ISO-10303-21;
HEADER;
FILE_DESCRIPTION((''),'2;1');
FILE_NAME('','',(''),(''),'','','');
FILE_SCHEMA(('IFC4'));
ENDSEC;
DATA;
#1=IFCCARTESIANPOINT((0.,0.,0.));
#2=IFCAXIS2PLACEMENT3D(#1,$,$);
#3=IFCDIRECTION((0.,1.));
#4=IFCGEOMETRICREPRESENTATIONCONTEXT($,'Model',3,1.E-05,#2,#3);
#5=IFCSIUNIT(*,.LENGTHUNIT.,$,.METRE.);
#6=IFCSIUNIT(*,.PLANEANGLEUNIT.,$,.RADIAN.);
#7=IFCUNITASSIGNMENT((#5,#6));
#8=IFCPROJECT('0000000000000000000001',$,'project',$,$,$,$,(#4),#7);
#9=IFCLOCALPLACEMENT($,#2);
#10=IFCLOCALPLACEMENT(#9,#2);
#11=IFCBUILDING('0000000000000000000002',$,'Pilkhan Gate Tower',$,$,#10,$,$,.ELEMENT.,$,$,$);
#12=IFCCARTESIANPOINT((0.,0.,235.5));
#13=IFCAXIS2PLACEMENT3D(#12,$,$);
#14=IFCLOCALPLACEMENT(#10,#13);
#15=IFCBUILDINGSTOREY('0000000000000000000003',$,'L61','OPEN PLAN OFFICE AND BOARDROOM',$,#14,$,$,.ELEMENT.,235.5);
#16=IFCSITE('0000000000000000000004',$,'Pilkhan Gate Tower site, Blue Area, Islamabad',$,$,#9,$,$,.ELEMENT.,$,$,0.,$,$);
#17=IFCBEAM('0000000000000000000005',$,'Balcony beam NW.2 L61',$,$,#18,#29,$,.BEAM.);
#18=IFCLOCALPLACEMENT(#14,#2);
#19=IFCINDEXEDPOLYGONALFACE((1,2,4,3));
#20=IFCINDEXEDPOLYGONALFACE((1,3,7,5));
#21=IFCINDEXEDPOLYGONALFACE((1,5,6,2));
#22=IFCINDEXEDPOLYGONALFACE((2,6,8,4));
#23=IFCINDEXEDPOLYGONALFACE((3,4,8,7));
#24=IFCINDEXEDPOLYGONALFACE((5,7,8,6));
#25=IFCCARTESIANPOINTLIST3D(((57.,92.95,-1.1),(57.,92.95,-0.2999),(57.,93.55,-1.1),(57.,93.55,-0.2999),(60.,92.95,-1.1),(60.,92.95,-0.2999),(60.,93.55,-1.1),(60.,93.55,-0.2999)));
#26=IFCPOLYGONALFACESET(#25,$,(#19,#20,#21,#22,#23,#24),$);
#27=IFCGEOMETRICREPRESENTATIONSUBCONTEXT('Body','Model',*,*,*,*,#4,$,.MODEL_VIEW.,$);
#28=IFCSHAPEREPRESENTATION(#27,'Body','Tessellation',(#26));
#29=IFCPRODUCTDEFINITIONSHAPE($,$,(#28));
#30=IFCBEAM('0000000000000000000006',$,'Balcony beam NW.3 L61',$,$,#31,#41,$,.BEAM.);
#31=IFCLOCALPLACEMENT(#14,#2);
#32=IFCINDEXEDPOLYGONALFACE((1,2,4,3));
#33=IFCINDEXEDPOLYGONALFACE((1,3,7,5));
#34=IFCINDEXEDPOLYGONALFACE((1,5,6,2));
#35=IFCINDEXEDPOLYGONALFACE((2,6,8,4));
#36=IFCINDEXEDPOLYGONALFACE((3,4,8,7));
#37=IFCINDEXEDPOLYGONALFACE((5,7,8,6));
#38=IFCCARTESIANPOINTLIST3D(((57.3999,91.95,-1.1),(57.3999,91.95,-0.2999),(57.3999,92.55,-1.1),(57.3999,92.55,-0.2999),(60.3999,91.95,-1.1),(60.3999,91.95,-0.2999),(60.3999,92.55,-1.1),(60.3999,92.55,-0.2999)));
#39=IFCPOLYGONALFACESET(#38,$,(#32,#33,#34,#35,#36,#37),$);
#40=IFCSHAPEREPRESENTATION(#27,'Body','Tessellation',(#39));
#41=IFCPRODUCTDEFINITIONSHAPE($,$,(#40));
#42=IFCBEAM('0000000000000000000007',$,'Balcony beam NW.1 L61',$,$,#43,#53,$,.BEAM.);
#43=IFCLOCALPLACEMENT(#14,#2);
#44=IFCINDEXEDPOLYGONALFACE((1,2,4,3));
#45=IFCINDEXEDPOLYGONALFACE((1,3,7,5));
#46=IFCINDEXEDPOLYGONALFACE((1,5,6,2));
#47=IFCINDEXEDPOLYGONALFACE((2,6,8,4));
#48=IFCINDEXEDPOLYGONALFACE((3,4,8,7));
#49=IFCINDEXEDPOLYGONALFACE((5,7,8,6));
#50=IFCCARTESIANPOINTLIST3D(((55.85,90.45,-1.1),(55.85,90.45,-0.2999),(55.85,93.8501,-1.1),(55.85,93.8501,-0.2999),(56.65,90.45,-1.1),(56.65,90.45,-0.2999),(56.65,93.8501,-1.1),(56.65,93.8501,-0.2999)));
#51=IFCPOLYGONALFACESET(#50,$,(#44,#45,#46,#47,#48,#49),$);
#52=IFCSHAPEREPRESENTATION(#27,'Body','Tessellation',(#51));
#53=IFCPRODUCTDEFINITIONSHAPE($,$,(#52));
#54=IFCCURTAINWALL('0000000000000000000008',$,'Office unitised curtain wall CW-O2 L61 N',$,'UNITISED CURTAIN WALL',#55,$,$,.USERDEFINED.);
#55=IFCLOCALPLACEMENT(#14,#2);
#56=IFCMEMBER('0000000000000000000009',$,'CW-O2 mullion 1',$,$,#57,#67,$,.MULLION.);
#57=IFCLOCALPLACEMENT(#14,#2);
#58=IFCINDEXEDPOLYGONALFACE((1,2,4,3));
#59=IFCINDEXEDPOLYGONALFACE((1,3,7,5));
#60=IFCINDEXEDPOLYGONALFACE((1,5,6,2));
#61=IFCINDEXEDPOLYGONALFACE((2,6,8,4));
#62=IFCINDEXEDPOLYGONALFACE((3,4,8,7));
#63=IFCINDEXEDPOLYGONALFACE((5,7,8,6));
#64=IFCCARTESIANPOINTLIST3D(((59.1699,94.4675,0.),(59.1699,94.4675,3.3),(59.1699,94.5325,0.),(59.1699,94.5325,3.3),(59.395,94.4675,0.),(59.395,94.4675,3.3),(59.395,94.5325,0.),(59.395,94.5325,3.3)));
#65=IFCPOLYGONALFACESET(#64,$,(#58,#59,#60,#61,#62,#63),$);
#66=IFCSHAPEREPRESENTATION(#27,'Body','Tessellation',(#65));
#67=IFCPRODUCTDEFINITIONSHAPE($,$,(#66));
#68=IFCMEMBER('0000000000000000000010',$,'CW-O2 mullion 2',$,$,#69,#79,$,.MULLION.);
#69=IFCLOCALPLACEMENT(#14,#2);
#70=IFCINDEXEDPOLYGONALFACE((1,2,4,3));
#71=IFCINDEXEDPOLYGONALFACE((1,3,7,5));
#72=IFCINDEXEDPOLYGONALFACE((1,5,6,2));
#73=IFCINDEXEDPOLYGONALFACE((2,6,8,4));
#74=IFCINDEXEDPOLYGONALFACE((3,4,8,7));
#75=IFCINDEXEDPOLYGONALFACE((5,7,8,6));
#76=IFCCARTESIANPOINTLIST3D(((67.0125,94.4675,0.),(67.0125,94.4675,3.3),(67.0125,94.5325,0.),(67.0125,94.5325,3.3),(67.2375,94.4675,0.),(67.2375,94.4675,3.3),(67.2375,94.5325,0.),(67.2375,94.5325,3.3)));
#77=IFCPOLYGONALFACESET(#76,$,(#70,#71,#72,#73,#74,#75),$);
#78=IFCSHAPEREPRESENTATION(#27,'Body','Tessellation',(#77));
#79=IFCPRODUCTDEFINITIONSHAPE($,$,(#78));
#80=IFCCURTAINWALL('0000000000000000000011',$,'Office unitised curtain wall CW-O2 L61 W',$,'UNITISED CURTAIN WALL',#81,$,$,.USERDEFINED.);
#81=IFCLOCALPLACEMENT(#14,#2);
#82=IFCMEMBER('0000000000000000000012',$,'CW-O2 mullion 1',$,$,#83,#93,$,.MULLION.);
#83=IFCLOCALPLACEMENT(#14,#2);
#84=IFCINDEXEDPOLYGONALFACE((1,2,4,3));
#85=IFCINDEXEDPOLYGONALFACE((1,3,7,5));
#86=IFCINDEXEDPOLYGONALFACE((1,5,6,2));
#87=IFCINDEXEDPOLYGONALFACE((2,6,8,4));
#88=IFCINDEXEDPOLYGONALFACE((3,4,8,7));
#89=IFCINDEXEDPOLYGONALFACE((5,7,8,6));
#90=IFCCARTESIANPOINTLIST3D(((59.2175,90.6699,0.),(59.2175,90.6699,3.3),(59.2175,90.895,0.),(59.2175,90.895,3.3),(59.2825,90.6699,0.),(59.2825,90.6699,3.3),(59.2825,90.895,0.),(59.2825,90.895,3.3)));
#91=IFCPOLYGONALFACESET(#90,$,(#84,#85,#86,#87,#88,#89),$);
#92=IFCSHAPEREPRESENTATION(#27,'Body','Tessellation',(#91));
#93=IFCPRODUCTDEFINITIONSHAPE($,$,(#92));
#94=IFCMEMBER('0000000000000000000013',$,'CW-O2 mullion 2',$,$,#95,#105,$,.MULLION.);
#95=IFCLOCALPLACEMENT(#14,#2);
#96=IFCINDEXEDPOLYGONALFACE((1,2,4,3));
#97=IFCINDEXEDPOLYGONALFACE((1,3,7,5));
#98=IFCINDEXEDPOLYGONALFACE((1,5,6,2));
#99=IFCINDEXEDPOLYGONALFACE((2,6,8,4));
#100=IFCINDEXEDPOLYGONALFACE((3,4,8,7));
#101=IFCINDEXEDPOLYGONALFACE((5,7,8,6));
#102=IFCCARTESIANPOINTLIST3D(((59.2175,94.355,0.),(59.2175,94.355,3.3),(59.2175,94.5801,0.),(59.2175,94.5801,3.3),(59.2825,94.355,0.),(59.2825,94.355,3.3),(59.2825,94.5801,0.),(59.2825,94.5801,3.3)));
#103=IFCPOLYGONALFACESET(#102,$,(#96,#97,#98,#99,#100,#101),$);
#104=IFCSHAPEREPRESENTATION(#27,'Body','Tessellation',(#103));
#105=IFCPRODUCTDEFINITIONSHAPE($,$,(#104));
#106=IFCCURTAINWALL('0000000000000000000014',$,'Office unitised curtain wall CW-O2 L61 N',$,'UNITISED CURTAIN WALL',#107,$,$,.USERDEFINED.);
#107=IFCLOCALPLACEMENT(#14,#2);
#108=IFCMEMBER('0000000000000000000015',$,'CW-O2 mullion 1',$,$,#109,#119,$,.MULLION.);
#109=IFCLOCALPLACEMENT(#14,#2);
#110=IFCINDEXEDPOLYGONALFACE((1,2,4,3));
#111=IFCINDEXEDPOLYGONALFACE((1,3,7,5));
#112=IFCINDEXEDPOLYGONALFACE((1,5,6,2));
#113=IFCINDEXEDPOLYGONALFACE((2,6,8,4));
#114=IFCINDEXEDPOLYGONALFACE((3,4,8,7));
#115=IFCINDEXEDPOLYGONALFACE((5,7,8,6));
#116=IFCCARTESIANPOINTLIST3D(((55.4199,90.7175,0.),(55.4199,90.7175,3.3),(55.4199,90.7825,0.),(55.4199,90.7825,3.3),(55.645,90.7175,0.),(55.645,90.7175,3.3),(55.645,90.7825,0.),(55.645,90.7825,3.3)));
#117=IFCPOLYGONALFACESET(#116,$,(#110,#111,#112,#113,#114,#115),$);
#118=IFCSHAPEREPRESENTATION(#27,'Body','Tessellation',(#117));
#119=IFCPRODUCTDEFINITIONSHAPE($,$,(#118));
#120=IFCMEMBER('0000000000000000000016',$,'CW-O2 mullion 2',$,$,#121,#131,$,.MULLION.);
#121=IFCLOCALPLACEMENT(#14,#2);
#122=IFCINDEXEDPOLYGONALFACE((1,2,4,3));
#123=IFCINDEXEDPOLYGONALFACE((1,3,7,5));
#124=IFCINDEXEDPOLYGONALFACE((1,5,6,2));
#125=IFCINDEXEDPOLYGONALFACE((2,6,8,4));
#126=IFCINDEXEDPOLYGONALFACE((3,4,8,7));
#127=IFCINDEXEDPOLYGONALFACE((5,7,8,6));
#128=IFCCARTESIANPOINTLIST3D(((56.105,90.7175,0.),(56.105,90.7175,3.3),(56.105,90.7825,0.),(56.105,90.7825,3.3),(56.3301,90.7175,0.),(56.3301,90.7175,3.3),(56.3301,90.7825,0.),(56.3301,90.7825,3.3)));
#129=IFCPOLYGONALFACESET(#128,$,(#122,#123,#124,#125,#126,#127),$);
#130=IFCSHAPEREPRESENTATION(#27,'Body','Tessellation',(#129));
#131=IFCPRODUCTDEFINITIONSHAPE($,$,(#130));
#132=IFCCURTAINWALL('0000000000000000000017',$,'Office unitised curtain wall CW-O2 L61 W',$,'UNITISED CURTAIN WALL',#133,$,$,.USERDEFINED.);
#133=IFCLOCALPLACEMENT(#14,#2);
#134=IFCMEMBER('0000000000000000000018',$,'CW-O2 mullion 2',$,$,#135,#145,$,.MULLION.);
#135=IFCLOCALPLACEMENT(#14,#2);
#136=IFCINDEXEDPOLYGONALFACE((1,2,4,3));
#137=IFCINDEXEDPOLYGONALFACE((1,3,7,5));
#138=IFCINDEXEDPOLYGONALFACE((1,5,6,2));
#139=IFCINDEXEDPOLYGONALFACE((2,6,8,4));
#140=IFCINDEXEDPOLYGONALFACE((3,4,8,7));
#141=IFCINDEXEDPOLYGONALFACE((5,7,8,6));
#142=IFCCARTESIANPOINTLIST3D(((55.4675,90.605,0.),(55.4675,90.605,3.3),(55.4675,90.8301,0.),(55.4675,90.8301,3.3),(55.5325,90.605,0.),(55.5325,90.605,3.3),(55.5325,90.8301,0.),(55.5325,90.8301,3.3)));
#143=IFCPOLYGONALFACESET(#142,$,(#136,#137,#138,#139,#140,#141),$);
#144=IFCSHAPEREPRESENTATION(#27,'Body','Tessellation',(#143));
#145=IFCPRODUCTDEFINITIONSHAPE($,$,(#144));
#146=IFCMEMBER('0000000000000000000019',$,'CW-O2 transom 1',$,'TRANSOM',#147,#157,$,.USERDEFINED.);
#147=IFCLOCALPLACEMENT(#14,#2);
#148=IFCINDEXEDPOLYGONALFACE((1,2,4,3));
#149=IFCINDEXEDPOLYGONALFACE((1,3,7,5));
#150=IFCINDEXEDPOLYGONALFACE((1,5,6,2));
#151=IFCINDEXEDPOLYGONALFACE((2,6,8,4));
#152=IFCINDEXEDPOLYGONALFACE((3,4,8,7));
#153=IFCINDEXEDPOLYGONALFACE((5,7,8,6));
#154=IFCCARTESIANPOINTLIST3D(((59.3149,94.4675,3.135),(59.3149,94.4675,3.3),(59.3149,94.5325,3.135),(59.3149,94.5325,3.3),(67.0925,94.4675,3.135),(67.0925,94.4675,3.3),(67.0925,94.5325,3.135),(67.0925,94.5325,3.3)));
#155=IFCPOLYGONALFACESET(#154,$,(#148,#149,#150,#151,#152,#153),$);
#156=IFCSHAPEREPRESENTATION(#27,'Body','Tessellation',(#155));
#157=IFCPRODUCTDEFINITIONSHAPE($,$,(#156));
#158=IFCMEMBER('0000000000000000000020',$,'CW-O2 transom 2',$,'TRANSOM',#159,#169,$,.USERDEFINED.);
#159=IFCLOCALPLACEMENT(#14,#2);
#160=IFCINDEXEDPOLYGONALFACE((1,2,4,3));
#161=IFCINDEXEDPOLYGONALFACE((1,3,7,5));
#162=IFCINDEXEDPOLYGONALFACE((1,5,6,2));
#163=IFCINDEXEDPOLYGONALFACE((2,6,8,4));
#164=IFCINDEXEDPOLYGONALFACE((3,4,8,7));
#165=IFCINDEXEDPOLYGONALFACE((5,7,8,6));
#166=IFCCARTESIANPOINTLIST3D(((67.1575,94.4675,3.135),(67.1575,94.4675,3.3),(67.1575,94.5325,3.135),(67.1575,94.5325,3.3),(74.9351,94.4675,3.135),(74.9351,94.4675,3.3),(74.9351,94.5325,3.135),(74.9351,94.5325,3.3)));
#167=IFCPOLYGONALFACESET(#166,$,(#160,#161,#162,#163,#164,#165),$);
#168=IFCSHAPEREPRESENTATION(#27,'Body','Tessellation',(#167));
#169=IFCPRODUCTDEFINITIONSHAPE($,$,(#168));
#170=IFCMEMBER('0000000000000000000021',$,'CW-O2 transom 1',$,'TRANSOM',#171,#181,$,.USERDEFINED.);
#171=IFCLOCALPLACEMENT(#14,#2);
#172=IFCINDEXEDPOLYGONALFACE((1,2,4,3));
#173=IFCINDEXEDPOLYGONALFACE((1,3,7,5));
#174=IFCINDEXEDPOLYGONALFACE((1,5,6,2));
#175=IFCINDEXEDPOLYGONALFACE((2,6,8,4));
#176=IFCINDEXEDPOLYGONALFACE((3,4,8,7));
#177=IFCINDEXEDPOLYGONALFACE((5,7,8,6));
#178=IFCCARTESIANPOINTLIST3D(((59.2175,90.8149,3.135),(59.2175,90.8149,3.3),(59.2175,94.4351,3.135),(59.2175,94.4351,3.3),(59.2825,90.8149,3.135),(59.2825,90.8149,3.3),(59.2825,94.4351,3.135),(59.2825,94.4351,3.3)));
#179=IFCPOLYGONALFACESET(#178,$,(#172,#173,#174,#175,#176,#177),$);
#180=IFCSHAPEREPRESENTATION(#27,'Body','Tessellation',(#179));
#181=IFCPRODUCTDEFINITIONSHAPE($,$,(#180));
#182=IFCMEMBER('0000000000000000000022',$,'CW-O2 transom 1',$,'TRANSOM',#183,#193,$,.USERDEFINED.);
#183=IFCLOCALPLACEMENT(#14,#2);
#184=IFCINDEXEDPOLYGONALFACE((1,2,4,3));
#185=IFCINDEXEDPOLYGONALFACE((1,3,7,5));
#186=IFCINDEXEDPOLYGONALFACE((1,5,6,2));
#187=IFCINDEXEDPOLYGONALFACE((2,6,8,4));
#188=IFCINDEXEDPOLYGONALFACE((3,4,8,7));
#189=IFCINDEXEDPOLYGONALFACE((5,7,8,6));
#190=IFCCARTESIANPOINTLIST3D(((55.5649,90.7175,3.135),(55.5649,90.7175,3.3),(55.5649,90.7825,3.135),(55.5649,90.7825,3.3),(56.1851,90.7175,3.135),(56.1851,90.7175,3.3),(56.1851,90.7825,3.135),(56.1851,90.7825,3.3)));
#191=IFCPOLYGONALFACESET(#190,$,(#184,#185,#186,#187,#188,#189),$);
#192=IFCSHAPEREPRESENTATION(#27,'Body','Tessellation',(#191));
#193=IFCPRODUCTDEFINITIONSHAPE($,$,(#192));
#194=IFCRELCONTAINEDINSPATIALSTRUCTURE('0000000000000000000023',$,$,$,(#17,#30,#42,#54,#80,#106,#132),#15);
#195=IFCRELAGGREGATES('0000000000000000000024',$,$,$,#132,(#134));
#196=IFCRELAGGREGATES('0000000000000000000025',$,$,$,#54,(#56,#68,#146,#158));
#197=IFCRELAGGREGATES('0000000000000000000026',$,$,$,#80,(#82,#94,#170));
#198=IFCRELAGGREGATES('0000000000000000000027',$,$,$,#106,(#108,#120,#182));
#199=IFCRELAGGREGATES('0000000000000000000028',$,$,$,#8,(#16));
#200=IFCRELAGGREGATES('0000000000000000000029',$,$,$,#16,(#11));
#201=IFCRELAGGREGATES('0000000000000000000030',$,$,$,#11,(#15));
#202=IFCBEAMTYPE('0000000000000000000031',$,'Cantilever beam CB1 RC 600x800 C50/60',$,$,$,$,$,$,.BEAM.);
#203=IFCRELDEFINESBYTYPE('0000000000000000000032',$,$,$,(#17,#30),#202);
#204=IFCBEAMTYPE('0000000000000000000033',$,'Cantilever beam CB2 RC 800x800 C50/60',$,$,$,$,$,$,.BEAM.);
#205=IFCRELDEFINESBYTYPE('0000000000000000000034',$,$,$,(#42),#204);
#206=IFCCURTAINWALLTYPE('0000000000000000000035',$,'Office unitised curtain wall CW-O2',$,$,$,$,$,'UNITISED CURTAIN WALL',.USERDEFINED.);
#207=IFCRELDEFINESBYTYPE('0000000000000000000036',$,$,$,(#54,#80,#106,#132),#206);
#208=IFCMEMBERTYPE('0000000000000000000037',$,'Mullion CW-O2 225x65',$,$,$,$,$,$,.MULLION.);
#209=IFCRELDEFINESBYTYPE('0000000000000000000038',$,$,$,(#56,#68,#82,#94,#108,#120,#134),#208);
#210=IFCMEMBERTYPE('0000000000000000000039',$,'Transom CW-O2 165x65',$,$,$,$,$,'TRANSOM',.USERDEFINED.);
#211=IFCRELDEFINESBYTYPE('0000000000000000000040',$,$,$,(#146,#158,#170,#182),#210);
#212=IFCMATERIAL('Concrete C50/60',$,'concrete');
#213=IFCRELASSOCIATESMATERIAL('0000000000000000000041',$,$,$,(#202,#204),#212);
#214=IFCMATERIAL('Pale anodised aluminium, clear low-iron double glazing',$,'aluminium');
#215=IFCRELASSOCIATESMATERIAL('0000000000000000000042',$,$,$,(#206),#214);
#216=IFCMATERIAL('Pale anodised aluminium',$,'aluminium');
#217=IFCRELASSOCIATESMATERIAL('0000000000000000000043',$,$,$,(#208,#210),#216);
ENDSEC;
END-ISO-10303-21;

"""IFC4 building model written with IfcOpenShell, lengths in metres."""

from ifc_helpers import new_model, si_unit, direction, frame, origin, origin_2d, place, context, subcontext, project, spatial, rectangle, extrude, material, material_profile, profile_set, type_object, element, aggregate, save


model = new_model("IFC4")

# Units and contexts
model_context = context("Model", 3, precision=1e-05, world=origin(), true_north=direction((0.0, 1.0)))
body_context = subcontext(model_context, "Body", "Model", "MODEL_VIEW")
ifc_project = project(units=[si_unit("LENGTHUNIT", "METRE"), si_unit("PLANEANGLEUNIT", "RADIAN")], contexts=[model_context])

# Site, building, storey
site_placement = place(None, origin())
site = spatial("IfcSite", under=ifc_project, at=site_placement, Name="Pilkhan Gate Tower site, Blue Area, Islamabad", CompositionType="ELEMENT", RefElevation=0.0)
building_placement = place(site_placement, origin())
building = spatial("IfcBuilding", under=site, at=building_placement, Name="Pilkhan Gate Tower", CompositionType="ELEMENT")
storey_placement = place(building_placement, frame((0.0, 0.0, 235.5)))
storey = spatial("IfcBuildingStorey", under=building, at=storey_placement, Name="L61", Description="OPEN PLAN OFFICE AND BOARDROOM", CompositionType="ELEMENT", Elevation=235.5)

# Beams
ifc_material_1 = material(Name="Concrete C50/60", Category="concrete")
ifc_material_profile_1 = material_profile(ifc_material_1, rectangle(XDim=0.6001, YDim=0.8, at=origin_2d()), Name="RC 600x800")
ifc_profile_set_1 = profile_set([ifc_material_profile_1], Name="Concrete C50/60")
beam_type_1 = type_object("IfcBeamType", Name="Cantilever beam CB1 RC 600x800 C50/60", PredefinedType="BEAM", material=ifc_profile_set_1)
for number, where, z_axis, x_axis, name in (
    (1, (60.0, 93.25, -0.7), (-1.0, 0.0, 0.0), (0.0, -1.0, 0.0), "Balcony beam NW.2 L61"),
    (2, (60.3999, 92.25, -0.7), (-1.0, 0.0, 0.0), (0.0, -1.0, 0.0), "Balcony beam NW.3 L61"),
):
    element("IfcBeam", number, at=place(storey_placement, frame(where, z_axis=z_axis, x_axis=x_axis)), inside=storey, type_object=beam_type_1, Name=name, PredefinedType="BEAM", context=body_context, shape_type="SweptSolid", body=[
        extrude(rectangle(XDim=0.6001, YDim=0.8, at=origin_2d()), origin(), (0.0, 0.0, 1.0), 3.0),
    ])
ifc_material_profile_2 = material_profile(ifc_material_1, rectangle(XDim=0.8, YDim=0.8, at=origin_2d()), Name="RC 800x800")
ifc_profile_set_2 = profile_set([ifc_material_profile_2], Name="Concrete C50/60")
beam_type_2 = type_object("IfcBeamType", Name="Cantilever beam CB2 RC 800x800 C50/60", PredefinedType="BEAM", material=ifc_profile_set_2)
beam_placement = place(storey_placement, frame((56.25, 90.45, -0.7), z_axis=(0.0, 1.0, 0.0), x_axis=(-1.0, 0.0, 0.0)))
element("IfcBeam", 3, at=beam_placement, inside=storey, type_object=beam_type_2, Name="Balcony beam NW.1 L61", PredefinedType="BEAM", context=body_context, shape_type="SweptSolid", body=[
    extrude(rectangle(XDim=0.8, YDim=0.8, at=origin_2d()), origin(), (0.0, 0.0, 1.0), 3.4001),
])

# Curtain walls, members
ifc_material_2 = material(Name="Pale anodised aluminium, clear low-iron double glazing", Category="aluminium")
curtain_wall_type = type_object("IfcCurtainWallType", Name="Office unitised curtain wall CW-O2", ElementType="UNITISED CURTAIN WALL", PredefinedType="USERDEFINED", material=ifc_material_2)
curtain_wall_1_placement = place(storey_placement, origin())
curtain_wall_1 = element("IfcCurtainWall", 4, at=curtain_wall_1_placement, inside=storey, type_object=curtain_wall_type, Name="Office unitised curtain wall CW-O2 L61 N", ObjectType="UNITISED CURTAIN WALL", PredefinedType="USERDEFINED")
ifc_material_3 = material(Name="Pale anodised aluminium", Category="aluminium")
ifc_material_profile_3 = material_profile(ifc_material_3, rectangle(XDim=0.0649, YDim=0.2251, at=origin_2d()), Name="Mullion 225x65")
ifc_profile_set_3 = profile_set([ifc_material_profile_3], Name="Pale anodised aluminium")
member_type_1 = type_object("IfcMemberType", Name="Mullion CW-O2 225x65", PredefinedType="MULLION", material=ifc_profile_set_3)
member_1_placement = place(storey_placement, frame((59.2825, 94.5, 0.0), z_axis=(0.0, 0.0, 1.0), x_axis=(0.0, 1.0, 0.0)))
member_1 = element("IfcMember", 5, at=member_1_placement, type_object=member_type_1, Name="CW-O2 mullion 1", PredefinedType="MULLION", context=body_context, shape_type="SweptSolid", body=[
    extrude(rectangle(XDim=0.0649, YDim=0.2251, at=origin_2d()), origin(), (0.0, 0.0, 1.0), 3.3),
])
member_2_placement = place(storey_placement, frame((67.125, 94.5, 0.0), z_axis=(0.0, 0.0, 1.0), x_axis=(0.0, 1.0, 0.0)))
member_2 = element("IfcMember", 6, at=member_2_placement, type_object=member_type_1, Name="CW-O2 mullion 2", PredefinedType="MULLION", context=body_context, shape_type="SweptSolid", body=[
    extrude(rectangle(XDim=0.0649, YDim=0.2251, at=origin_2d()), origin(), (0.0, 0.0, 1.0), 3.3),
])
curtain_wall_2_placement = place(storey_placement, origin())
curtain_wall_2 = element("IfcCurtainWall", 7, at=curtain_wall_2_placement, inside=storey, type_object=curtain_wall_type, Name="Office unitised curtain wall CW-O2 L61 W", ObjectType="UNITISED CURTAIN WALL", PredefinedType="USERDEFINED")
member_3_placement = place(storey_placement, frame((59.25, 90.7825, 0.0), z_axis=(0.0, 0.0, 1.0), x_axis=(-1.0, 0.0, 0.0)))
member_3 = element("IfcMember", 8, at=member_3_placement, type_object=member_type_1, Name="CW-O2 mullion 1", PredefinedType="MULLION", context=body_context, shape_type="SweptSolid", body=[
    extrude(rectangle(XDim=0.0649, YDim=0.2251, at=origin_2d()), origin(), (0.0, 0.0, 1.0), 3.3),
])
member_4_placement = place(storey_placement, frame((59.25, 94.4675, 0.0), z_axis=(0.0, 0.0, 1.0), x_axis=(-1.0, 0.0, 0.0)))
member_4 = element("IfcMember", 9, at=member_4_placement, type_object=member_type_1, Name="CW-O2 mullion 2", PredefinedType="MULLION", context=body_context, shape_type="SweptSolid", body=[
    extrude(rectangle(XDim=0.0649, YDim=0.2251, at=origin_2d()), origin(), (0.0, 0.0, 1.0), 3.3),
])
curtain_wall_3_placement = place(storey_placement, origin())
curtain_wall_3 = element("IfcCurtainWall", 10, at=curtain_wall_3_placement, inside=storey, type_object=curtain_wall_type, Name="Office unitised curtain wall CW-O2 L61 N", ObjectType="UNITISED CURTAIN WALL", PredefinedType="USERDEFINED")
member_5_placement = place(storey_placement, frame((55.5325, 90.75, 0.0), z_axis=(0.0, 0.0, 1.0), x_axis=(0.0, 1.0, 0.0)))
member_5 = element("IfcMember", 11, at=member_5_placement, type_object=member_type_1, Name="CW-O2 mullion 1", PredefinedType="MULLION", context=body_context, shape_type="SweptSolid", body=[
    extrude(rectangle(XDim=0.0649, YDim=0.2251, at=origin_2d()), origin(), (0.0, 0.0, 1.0), 3.3),
])
member_6_placement = place(storey_placement, frame((56.2175, 90.75, 0.0), z_axis=(0.0, 0.0, 1.0), x_axis=(0.0, 1.0, 0.0)))
member_6 = element("IfcMember", 12, at=member_6_placement, type_object=member_type_1, Name="CW-O2 mullion 2", PredefinedType="MULLION", context=body_context, shape_type="SweptSolid", body=[
    extrude(rectangle(XDim=0.0649, YDim=0.2251, at=origin_2d()), origin(), (0.0, 0.0, 1.0), 3.3),
])

# Curtain wall, member
curtain_wall_4_placement = place(storey_placement, origin())
curtain_wall_4 = element("IfcCurtainWall", 13, at=curtain_wall_4_placement, inside=storey, type_object=curtain_wall_type, Name="Office unitised curtain wall CW-O2 L61 W", ObjectType="UNITISED CURTAIN WALL", PredefinedType="USERDEFINED")
member_7_placement = place(storey_placement, frame((55.5, 90.7175, 0.0), z_axis=(0.0, 0.0, 1.0), x_axis=(-1.0, 0.0, 0.0)))
member_7 = element("IfcMember", 14, at=member_7_placement, type_object=member_type_1, Name="CW-O2 mullion 2", PredefinedType="MULLION", context=body_context, shape_type="SweptSolid", body=[
    extrude(rectangle(XDim=0.0649, YDim=0.2251, at=origin_2d()), origin(), (0.0, 0.0, 1.0), 3.3),
])
aggregate(curtain_wall_4, [member_7])

# Members
ifc_material_profile_4 = material_profile(ifc_material_3, rectangle(XDim=0.0649, YDim=0.165, at=origin_2d()), Name="Transom 165x65")
ifc_profile_set_4 = profile_set([ifc_material_profile_4], Name="Pale anodised aluminium")
member_type_2 = type_object("IfcMemberType", Name="Transom CW-O2 165x65", ElementType="TRANSOM", PredefinedType="USERDEFINED", material=ifc_profile_set_4)
member_8_placement = place(storey_placement, frame((59.3149, 94.5, 3.2175), z_axis=(1.0, 0.0, 0.0), x_axis=(0.0, 1.0, 0.0)))
member_8 = element("IfcMember", 15, at=member_8_placement, type_object=member_type_2, Name="CW-O2 transom 1", ObjectType="TRANSOM", PredefinedType="USERDEFINED", context=body_context, shape_type="SweptSolid", body=[
    extrude(rectangle(XDim=0.0649, YDim=0.165, at=origin_2d()), origin(), (0.0, 0.0, 1.0), 7.7776),
])
member_9_placement = place(storey_placement, frame((67.1575, 94.5, 3.2175), z_axis=(1.0, 0.0, 0.0), x_axis=(0.0, 1.0, 0.0)))
member_9 = element("IfcMember", 16, at=member_9_placement, type_object=member_type_2, Name="CW-O2 transom 2", ObjectType="TRANSOM", PredefinedType="USERDEFINED", context=body_context, shape_type="SweptSolid", body=[
    extrude(rectangle(XDim=0.0649, YDim=0.165, at=origin_2d()), origin(), (0.0, 0.0, 1.0), 7.7776),
])
member_10_placement = place(storey_placement, frame((59.25, 90.8149, 3.2175), z_axis=(0.0, 1.0, 0.0), x_axis=(-1.0, 0.0, 0.0)))
member_10 = element("IfcMember", 17, at=member_10_placement, type_object=member_type_2, Name="CW-O2 transom 1", ObjectType="TRANSOM", PredefinedType="USERDEFINED", context=body_context, shape_type="SweptSolid", body=[
    extrude(rectangle(XDim=0.0649, YDim=0.165, at=origin_2d()), origin(), (0.0, 0.0, 1.0), 3.6201),
])
member_11_placement = place(storey_placement, frame((55.5649, 90.75, 3.2175), z_axis=(1.0, 0.0, 0.0), x_axis=(0.0, 1.0, 0.0)))
member_11 = element("IfcMember", 18, at=member_11_placement, type_object=member_type_2, Name="CW-O2 transom 1", ObjectType="TRANSOM", PredefinedType="USERDEFINED", context=body_context, shape_type="SweptSolid", body=[
    extrude(rectangle(XDim=0.0649, YDim=0.165, at=origin_2d()), origin(), (0.0, 0.0, 1.0), 0.6201),
])

aggregate(curtain_wall_1, [member_1, member_2, member_8, member_9])
aggregate(curtain_wall_2, [member_3, member_4, member_10])
aggregate(curtain_wall_3, [member_5, member_6, member_11])

save(model, "model.ifc")
